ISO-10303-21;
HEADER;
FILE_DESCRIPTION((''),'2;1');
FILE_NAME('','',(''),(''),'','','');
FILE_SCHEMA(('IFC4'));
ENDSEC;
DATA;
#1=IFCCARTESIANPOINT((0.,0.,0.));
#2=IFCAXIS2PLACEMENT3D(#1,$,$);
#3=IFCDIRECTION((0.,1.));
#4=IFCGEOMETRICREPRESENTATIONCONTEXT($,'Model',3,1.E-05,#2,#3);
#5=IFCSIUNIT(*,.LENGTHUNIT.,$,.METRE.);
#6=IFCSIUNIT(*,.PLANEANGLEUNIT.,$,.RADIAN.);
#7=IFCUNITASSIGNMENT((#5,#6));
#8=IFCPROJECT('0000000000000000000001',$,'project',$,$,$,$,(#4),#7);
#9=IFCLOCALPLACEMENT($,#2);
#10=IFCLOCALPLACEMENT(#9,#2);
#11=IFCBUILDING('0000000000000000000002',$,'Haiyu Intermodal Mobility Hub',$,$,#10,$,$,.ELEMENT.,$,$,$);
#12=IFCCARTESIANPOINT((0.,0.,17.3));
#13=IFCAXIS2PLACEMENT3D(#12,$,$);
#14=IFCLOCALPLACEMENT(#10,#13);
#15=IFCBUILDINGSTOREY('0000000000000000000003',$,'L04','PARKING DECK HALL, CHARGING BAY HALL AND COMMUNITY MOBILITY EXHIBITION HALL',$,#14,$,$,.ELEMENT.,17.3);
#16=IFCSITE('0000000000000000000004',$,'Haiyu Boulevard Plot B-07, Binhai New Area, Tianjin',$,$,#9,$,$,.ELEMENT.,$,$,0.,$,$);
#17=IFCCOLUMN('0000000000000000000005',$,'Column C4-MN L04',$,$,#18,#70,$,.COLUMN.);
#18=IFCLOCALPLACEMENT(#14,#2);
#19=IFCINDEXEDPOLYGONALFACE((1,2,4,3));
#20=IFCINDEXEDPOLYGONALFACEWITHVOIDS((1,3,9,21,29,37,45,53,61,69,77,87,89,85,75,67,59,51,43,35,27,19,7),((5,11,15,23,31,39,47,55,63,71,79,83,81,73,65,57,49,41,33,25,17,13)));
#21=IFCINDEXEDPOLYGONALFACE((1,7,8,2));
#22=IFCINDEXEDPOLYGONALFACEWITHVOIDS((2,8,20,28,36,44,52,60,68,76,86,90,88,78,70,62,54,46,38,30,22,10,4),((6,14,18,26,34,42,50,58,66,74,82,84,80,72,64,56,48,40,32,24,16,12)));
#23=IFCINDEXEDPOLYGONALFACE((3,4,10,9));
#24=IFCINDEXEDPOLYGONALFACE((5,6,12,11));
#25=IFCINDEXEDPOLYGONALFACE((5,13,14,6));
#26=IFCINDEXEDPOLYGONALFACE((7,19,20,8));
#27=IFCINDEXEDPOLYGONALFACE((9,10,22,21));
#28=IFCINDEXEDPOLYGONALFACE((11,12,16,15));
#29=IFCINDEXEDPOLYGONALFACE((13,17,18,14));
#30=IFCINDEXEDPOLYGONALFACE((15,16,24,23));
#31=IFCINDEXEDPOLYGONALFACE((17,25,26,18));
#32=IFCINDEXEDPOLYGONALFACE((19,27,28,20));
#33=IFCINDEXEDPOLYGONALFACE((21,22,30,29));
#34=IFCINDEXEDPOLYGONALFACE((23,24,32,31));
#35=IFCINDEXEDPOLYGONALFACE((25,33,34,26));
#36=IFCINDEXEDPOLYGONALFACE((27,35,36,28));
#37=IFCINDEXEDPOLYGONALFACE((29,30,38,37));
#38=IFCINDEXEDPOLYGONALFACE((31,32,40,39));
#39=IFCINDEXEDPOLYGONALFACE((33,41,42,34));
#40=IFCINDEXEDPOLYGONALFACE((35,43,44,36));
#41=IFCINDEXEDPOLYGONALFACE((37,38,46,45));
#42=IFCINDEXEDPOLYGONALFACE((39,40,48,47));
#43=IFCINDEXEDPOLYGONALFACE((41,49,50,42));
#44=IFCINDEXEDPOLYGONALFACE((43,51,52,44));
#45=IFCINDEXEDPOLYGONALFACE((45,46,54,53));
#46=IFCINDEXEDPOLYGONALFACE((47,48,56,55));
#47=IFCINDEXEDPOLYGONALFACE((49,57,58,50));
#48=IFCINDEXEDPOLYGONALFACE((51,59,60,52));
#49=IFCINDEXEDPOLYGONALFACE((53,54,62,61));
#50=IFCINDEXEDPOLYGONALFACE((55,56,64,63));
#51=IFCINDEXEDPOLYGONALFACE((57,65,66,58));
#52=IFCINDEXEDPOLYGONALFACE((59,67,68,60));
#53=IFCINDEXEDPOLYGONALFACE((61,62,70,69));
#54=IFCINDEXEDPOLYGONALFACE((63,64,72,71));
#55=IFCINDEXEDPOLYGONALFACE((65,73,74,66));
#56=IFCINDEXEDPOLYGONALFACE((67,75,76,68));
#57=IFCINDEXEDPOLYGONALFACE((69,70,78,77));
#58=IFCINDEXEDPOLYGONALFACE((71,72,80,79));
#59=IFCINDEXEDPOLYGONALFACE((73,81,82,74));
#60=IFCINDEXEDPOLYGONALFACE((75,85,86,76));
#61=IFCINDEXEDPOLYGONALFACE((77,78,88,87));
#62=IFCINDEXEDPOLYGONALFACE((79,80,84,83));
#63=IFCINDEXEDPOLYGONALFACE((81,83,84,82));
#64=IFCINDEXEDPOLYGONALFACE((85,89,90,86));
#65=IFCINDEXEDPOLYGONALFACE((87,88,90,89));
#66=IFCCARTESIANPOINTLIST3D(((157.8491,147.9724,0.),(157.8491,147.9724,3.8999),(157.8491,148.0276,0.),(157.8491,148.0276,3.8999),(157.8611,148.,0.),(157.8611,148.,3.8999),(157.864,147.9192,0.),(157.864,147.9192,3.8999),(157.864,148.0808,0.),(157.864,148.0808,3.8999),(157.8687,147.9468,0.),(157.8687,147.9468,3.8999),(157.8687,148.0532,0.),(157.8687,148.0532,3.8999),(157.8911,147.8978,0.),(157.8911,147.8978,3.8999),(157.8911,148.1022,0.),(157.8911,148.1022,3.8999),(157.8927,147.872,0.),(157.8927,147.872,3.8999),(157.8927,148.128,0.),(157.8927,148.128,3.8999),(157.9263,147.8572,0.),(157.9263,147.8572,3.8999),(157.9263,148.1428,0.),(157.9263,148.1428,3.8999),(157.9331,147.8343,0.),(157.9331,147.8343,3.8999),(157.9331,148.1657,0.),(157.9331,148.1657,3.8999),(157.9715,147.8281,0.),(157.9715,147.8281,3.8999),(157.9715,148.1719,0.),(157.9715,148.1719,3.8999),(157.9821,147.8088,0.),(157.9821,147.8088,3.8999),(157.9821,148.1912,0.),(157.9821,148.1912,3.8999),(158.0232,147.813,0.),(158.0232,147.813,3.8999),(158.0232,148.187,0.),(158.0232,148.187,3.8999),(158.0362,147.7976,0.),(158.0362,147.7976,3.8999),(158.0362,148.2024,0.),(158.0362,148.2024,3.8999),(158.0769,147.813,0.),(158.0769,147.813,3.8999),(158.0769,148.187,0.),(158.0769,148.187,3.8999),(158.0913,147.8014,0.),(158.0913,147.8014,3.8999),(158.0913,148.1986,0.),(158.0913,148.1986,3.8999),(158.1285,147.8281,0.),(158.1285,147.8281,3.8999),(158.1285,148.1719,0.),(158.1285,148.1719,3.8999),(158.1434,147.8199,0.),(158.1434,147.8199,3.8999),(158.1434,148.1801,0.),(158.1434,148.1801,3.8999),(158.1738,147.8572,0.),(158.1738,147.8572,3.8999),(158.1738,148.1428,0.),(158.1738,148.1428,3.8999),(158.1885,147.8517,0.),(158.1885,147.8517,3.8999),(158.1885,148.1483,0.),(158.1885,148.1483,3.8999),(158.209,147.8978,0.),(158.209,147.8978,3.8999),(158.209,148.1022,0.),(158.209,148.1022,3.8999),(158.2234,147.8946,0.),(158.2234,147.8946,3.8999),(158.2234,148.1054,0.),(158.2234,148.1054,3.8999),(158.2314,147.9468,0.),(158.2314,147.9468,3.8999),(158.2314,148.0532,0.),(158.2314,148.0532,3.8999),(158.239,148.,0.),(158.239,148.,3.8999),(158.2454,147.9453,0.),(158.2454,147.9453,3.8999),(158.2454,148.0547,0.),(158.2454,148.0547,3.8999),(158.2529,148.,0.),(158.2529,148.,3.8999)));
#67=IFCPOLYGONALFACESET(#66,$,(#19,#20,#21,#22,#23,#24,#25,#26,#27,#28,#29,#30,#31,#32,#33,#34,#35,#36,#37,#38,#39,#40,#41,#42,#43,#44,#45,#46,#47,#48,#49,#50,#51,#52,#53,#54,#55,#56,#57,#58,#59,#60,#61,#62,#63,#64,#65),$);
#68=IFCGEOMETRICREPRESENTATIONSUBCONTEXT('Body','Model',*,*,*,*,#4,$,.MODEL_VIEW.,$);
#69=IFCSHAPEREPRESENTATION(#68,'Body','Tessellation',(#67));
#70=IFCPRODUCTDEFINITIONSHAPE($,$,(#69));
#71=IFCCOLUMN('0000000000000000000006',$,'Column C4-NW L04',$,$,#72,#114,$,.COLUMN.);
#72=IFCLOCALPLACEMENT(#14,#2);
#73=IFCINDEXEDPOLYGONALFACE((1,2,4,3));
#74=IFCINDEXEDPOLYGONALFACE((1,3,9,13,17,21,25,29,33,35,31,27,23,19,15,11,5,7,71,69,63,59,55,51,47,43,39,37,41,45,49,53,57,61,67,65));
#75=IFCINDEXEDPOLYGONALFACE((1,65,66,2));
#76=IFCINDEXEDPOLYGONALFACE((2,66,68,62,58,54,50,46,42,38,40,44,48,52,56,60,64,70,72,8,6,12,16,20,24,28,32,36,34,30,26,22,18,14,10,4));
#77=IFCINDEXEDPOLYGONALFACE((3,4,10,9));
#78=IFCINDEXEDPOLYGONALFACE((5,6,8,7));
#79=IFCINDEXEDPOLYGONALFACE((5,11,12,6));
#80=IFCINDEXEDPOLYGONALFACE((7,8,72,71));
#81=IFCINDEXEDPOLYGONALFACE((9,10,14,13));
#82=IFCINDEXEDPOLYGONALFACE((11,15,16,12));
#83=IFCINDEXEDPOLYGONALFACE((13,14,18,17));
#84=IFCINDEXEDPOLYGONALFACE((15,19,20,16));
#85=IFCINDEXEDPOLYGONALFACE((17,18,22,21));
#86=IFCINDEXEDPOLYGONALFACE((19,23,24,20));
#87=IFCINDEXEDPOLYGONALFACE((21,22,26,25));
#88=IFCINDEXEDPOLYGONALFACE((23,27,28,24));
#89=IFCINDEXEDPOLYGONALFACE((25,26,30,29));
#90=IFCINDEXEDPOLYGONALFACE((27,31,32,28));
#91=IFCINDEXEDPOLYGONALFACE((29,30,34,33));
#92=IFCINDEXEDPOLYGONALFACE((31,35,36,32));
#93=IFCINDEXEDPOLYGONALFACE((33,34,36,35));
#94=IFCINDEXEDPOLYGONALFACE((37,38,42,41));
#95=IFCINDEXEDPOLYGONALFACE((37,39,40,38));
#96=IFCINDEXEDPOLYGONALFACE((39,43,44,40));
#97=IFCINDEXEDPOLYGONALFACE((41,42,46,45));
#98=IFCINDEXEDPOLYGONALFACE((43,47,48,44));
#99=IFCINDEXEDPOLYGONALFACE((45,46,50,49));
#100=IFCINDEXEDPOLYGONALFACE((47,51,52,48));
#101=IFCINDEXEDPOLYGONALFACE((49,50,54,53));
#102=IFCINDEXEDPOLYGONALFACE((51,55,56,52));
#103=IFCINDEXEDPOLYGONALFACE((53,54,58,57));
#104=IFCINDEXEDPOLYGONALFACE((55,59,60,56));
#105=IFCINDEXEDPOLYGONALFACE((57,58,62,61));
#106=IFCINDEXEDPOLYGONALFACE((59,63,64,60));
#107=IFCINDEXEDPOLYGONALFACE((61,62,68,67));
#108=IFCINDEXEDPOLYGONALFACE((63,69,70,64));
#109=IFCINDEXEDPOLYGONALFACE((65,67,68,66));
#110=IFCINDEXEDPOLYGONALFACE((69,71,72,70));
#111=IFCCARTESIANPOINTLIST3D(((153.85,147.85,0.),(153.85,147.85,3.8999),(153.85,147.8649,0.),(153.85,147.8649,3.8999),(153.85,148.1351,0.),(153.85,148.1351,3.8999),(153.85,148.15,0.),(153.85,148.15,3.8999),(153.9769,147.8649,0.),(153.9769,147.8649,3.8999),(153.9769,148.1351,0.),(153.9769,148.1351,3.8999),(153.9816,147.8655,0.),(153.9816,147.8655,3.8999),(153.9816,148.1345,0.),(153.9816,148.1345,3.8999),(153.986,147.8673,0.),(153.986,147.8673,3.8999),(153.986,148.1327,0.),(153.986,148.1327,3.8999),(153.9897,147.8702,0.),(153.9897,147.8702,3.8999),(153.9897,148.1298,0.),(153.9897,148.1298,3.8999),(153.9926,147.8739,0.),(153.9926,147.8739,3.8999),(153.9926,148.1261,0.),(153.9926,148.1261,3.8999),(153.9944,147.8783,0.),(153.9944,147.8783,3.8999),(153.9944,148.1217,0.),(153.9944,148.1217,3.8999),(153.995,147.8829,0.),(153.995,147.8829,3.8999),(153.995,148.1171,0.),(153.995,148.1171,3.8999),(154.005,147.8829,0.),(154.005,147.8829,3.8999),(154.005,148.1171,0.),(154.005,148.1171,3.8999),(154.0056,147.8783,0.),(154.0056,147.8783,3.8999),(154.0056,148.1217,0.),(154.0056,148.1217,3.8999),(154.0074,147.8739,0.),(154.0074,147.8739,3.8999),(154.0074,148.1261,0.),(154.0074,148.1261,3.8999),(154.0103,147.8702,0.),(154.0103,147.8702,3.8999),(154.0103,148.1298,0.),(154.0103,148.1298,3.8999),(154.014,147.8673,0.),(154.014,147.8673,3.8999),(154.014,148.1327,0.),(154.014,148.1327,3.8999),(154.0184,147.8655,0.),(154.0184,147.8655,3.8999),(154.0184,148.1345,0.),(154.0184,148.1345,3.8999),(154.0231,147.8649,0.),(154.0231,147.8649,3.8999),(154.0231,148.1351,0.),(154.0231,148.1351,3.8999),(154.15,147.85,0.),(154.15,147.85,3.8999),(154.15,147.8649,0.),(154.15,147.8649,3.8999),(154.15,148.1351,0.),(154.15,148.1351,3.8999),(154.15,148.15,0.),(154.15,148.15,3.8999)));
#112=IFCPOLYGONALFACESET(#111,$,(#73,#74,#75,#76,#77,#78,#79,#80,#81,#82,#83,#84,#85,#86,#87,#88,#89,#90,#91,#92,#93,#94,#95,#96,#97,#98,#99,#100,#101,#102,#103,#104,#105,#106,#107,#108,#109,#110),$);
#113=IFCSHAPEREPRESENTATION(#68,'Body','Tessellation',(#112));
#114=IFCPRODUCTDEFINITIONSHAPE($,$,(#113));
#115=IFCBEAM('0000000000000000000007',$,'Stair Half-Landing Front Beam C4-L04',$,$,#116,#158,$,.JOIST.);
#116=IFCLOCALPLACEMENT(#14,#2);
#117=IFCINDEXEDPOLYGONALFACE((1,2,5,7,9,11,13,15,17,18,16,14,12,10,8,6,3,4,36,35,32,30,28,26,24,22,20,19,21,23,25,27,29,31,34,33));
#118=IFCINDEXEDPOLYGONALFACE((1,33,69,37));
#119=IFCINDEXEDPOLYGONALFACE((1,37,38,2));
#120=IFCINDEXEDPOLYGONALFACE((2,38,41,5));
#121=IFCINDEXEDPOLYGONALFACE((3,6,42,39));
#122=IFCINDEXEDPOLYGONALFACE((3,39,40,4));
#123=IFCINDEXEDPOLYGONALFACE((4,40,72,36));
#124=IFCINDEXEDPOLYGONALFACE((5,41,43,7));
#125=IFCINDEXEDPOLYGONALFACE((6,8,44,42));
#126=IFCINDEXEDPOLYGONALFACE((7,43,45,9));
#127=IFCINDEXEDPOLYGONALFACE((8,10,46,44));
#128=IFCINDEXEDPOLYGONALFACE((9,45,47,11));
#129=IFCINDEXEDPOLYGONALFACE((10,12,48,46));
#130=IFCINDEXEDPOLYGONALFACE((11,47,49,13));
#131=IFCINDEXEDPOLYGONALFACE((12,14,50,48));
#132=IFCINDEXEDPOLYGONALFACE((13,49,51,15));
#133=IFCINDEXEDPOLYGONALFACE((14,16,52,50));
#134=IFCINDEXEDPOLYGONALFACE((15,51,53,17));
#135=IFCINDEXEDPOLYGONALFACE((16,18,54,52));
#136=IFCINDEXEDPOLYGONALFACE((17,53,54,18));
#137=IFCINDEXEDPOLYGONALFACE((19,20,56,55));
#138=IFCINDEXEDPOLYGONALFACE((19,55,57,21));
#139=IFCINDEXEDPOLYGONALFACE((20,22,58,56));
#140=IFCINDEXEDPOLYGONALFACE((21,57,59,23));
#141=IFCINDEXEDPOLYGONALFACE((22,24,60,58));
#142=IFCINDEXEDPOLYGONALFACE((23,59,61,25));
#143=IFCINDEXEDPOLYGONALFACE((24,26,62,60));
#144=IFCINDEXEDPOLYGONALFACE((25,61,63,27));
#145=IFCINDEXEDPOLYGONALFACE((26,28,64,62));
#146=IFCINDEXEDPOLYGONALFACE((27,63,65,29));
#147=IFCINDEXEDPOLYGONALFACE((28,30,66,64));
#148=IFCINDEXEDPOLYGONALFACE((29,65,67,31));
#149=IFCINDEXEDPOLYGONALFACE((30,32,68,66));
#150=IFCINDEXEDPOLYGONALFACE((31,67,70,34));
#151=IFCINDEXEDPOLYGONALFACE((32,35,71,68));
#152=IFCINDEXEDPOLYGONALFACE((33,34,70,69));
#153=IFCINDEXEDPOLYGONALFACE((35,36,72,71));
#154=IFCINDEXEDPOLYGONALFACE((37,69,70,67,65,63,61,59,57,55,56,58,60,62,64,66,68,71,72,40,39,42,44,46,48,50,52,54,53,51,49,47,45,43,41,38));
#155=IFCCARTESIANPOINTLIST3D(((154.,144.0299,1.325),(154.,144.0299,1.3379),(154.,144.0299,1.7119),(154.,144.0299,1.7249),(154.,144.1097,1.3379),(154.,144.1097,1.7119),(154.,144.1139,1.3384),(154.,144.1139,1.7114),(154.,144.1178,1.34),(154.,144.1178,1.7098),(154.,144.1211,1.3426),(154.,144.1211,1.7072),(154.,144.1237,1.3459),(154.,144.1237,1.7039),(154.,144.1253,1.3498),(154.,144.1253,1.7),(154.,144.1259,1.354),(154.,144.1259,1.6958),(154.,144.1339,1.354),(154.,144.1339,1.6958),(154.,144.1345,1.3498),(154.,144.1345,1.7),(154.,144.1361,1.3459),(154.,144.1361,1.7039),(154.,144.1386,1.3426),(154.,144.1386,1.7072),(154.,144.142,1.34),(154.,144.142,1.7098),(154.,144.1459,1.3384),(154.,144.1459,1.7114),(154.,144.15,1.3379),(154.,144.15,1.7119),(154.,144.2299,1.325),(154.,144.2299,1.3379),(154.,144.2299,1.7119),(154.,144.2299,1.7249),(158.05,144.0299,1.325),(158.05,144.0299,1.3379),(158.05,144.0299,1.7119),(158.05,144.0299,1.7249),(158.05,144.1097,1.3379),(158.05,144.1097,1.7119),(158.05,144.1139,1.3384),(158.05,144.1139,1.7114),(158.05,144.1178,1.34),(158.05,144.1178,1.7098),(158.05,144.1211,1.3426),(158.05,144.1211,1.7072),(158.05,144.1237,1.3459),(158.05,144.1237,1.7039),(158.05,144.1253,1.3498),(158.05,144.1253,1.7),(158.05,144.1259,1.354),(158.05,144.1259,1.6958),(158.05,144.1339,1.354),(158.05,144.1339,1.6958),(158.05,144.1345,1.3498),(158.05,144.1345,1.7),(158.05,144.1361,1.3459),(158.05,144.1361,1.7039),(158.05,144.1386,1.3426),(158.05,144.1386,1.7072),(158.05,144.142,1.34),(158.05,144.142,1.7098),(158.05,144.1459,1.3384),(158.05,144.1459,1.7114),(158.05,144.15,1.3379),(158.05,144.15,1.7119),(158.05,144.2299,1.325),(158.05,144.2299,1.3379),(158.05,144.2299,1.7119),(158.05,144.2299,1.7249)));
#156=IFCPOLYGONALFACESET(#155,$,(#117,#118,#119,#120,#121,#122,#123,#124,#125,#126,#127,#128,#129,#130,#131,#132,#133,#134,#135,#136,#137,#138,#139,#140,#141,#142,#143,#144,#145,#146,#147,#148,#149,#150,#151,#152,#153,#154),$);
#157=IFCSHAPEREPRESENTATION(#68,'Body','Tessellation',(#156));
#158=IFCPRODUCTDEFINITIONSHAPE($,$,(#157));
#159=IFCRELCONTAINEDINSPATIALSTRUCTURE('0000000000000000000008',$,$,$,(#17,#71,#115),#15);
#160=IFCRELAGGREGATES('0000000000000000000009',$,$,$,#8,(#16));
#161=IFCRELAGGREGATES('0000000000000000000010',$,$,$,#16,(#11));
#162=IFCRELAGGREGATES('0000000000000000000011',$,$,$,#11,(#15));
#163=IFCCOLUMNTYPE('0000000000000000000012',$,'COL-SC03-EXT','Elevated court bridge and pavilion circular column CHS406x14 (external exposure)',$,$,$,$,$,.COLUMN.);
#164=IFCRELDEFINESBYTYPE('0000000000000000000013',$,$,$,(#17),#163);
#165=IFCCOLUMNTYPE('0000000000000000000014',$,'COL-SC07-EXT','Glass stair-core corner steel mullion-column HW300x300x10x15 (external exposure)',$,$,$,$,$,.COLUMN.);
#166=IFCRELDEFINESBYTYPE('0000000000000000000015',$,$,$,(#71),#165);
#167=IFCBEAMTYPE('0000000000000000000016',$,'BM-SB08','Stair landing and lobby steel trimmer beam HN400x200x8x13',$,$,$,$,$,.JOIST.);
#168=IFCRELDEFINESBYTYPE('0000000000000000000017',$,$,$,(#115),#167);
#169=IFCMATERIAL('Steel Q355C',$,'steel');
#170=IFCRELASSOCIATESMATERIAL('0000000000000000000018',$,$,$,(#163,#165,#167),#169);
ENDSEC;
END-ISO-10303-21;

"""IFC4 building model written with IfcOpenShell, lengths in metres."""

from ifc_helpers import new_model, si_unit, direction, frame, origin, origin_2d, place, context, subcontext, project, spatial, hollow_circle, i_section, extrude, material, material_profile, profile_set, type_object, element, save


model = new_model("IFC4")

# Units and contexts
model_context = context("Model", 3, precision=1e-05, world=origin(), true_north=direction((0.0, 1.0)))
body_context = subcontext(model_context, "Body", "Model", "MODEL_VIEW")
ifc_project = project(units=[si_unit("LENGTHUNIT", "METRE"), si_unit("PLANEANGLEUNIT", "RADIAN")], contexts=[model_context])

# Site, building, storey
site_placement = place(None, origin())
site = spatial("IfcSite", under=ifc_project, at=site_placement, Name="Haiyu Boulevard Plot B-07, Binhai New Area, Tianjin", CompositionType="ELEMENT", RefElevation=0.0)
building_placement = place(site_placement, origin())
building = spatial("IfcBuilding", under=site, at=building_placement, Name="Haiyu Intermodal Mobility Hub", CompositionType="ELEMENT")
storey_placement = place(building_placement, frame((0.0, 0.0, 17.3)))
storey = spatial("IfcBuildingStorey", under=building, at=storey_placement, Name="L04", Description="PARKING DECK HALL, CHARGING BAY HALL AND COMMUNITY MOBILITY EXHIBITION HALL", CompositionType="ELEMENT", Elevation=17.3)

# Columns
ifc_material_1 = material(Name="Steel Q355C", Category="steel")
ifc_material_profile_1 = material_profile(ifc_material_1, hollow_circle(Radius=0.2029, WallThickness=0.0139, at=origin_2d()), Name="CHS406x14")
ifc_profile_set_1 = profile_set([ifc_material_profile_1], Name="Steel Q355C")
column_type_1 = type_object("IfcColumnType", Name="COL-SC03-EXT", Description="Elevated court bridge and pavilion circular column CHS406x14 (external exposure)", PredefinedType="COLUMN", material=ifc_profile_set_1)
column_1_placement = place(storey_placement, frame((158.05, 148.0, 0.0), z_axis=(0.0, 0.0, 1.0), x_axis=(1.0, 0.0, 0.0)))
element("IfcColumn", 1, at=column_1_placement, inside=storey, type_object=column_type_1, Name="Column C4-MN L04", PredefinedType="COLUMN", context=body_context, shape_type="SweptSolid", body=[
    extrude(hollow_circle(Radius=0.2029, WallThickness=0.0139, at=origin_2d()), origin(), (0.0, 0.0, 1.0), 3.8999),
])
ifc_material_profile_2 = material_profile(ifc_material_1, i_section(OverallWidth=0.3, OverallDepth=0.3, WebThickness=0.01, FlangeThickness=0.0149, FilletRadius=0.0181, at=origin_2d()), Name="HW300x300x10x15")
ifc_profile_set_2 = profile_set([ifc_material_profile_2], Name="Steel Q355C")
column_type_2 = type_object("IfcColumnType", Name="COL-SC07-EXT", Description="Glass stair-core corner steel mullion-column HW300x300x10x15 (external exposure)", PredefinedType="COLUMN", material=ifc_profile_set_2)
column_2_placement = place(storey_placement, frame((154.0, 148.0, 0.0), z_axis=(0.0, 0.0, 1.0), x_axis=(1.0, 0.0, 0.0)))
element("IfcColumn", 2, at=column_2_placement, inside=storey, type_object=column_type_2, Name="Column C4-NW L04", PredefinedType="COLUMN", context=body_context, shape_type="SweptSolid", body=[
    extrude(i_section(OverallWidth=0.3, OverallDepth=0.3, WebThickness=0.01, FlangeThickness=0.0149, FilletRadius=0.0181, at=origin_2d()), origin(), (0.0, 0.0, 1.0), 3.8999),
])

# Beam
ifc_material_profile_3 = material_profile(ifc_material_1, i_section(OverallWidth=0.2, OverallDepth=0.3999, WebThickness=0.0081, FlangeThickness=0.0129, FilletRadius=0.0161, at=origin_2d()), Name="HN400x200x8x13")
ifc_profile_set_3 = profile_set([ifc_material_profile_3], Name="Steel Q355C")
beam_type_1 = type_object("IfcBeamType", Name="BM-SB08", Description="Stair landing and lobby steel trimmer beam HN400x200x8x13", PredefinedType="JOIST", material=ifc_profile_set_3)
for number, where, z_axis, x_axis, name in (
    (3, (154.0, 144.1299, 1.5249), (1.0, 0.0, 0.0), (0.0, 1.0, 0.0), "Stair Half-Landing Front Beam C4-L04"),
):
    element("IfcBeam", number, at=place(storey_placement, frame(where, z_axis=z_axis, x_axis=x_axis)), inside=storey, type_object=beam_type_1, Name=name, PredefinedType="JOIST", context=body_context, shape_type="SweptSolid", body=[
        extrude(i_section(OverallWidth=0.2, OverallDepth=0.3999, WebThickness=0.0081, FlangeThickness=0.0129, FilletRadius=0.0161, at=origin_2d()), origin(), (0.0, 0.0, 1.0), 4.05),
    ])

save(model, "model.ifc")
